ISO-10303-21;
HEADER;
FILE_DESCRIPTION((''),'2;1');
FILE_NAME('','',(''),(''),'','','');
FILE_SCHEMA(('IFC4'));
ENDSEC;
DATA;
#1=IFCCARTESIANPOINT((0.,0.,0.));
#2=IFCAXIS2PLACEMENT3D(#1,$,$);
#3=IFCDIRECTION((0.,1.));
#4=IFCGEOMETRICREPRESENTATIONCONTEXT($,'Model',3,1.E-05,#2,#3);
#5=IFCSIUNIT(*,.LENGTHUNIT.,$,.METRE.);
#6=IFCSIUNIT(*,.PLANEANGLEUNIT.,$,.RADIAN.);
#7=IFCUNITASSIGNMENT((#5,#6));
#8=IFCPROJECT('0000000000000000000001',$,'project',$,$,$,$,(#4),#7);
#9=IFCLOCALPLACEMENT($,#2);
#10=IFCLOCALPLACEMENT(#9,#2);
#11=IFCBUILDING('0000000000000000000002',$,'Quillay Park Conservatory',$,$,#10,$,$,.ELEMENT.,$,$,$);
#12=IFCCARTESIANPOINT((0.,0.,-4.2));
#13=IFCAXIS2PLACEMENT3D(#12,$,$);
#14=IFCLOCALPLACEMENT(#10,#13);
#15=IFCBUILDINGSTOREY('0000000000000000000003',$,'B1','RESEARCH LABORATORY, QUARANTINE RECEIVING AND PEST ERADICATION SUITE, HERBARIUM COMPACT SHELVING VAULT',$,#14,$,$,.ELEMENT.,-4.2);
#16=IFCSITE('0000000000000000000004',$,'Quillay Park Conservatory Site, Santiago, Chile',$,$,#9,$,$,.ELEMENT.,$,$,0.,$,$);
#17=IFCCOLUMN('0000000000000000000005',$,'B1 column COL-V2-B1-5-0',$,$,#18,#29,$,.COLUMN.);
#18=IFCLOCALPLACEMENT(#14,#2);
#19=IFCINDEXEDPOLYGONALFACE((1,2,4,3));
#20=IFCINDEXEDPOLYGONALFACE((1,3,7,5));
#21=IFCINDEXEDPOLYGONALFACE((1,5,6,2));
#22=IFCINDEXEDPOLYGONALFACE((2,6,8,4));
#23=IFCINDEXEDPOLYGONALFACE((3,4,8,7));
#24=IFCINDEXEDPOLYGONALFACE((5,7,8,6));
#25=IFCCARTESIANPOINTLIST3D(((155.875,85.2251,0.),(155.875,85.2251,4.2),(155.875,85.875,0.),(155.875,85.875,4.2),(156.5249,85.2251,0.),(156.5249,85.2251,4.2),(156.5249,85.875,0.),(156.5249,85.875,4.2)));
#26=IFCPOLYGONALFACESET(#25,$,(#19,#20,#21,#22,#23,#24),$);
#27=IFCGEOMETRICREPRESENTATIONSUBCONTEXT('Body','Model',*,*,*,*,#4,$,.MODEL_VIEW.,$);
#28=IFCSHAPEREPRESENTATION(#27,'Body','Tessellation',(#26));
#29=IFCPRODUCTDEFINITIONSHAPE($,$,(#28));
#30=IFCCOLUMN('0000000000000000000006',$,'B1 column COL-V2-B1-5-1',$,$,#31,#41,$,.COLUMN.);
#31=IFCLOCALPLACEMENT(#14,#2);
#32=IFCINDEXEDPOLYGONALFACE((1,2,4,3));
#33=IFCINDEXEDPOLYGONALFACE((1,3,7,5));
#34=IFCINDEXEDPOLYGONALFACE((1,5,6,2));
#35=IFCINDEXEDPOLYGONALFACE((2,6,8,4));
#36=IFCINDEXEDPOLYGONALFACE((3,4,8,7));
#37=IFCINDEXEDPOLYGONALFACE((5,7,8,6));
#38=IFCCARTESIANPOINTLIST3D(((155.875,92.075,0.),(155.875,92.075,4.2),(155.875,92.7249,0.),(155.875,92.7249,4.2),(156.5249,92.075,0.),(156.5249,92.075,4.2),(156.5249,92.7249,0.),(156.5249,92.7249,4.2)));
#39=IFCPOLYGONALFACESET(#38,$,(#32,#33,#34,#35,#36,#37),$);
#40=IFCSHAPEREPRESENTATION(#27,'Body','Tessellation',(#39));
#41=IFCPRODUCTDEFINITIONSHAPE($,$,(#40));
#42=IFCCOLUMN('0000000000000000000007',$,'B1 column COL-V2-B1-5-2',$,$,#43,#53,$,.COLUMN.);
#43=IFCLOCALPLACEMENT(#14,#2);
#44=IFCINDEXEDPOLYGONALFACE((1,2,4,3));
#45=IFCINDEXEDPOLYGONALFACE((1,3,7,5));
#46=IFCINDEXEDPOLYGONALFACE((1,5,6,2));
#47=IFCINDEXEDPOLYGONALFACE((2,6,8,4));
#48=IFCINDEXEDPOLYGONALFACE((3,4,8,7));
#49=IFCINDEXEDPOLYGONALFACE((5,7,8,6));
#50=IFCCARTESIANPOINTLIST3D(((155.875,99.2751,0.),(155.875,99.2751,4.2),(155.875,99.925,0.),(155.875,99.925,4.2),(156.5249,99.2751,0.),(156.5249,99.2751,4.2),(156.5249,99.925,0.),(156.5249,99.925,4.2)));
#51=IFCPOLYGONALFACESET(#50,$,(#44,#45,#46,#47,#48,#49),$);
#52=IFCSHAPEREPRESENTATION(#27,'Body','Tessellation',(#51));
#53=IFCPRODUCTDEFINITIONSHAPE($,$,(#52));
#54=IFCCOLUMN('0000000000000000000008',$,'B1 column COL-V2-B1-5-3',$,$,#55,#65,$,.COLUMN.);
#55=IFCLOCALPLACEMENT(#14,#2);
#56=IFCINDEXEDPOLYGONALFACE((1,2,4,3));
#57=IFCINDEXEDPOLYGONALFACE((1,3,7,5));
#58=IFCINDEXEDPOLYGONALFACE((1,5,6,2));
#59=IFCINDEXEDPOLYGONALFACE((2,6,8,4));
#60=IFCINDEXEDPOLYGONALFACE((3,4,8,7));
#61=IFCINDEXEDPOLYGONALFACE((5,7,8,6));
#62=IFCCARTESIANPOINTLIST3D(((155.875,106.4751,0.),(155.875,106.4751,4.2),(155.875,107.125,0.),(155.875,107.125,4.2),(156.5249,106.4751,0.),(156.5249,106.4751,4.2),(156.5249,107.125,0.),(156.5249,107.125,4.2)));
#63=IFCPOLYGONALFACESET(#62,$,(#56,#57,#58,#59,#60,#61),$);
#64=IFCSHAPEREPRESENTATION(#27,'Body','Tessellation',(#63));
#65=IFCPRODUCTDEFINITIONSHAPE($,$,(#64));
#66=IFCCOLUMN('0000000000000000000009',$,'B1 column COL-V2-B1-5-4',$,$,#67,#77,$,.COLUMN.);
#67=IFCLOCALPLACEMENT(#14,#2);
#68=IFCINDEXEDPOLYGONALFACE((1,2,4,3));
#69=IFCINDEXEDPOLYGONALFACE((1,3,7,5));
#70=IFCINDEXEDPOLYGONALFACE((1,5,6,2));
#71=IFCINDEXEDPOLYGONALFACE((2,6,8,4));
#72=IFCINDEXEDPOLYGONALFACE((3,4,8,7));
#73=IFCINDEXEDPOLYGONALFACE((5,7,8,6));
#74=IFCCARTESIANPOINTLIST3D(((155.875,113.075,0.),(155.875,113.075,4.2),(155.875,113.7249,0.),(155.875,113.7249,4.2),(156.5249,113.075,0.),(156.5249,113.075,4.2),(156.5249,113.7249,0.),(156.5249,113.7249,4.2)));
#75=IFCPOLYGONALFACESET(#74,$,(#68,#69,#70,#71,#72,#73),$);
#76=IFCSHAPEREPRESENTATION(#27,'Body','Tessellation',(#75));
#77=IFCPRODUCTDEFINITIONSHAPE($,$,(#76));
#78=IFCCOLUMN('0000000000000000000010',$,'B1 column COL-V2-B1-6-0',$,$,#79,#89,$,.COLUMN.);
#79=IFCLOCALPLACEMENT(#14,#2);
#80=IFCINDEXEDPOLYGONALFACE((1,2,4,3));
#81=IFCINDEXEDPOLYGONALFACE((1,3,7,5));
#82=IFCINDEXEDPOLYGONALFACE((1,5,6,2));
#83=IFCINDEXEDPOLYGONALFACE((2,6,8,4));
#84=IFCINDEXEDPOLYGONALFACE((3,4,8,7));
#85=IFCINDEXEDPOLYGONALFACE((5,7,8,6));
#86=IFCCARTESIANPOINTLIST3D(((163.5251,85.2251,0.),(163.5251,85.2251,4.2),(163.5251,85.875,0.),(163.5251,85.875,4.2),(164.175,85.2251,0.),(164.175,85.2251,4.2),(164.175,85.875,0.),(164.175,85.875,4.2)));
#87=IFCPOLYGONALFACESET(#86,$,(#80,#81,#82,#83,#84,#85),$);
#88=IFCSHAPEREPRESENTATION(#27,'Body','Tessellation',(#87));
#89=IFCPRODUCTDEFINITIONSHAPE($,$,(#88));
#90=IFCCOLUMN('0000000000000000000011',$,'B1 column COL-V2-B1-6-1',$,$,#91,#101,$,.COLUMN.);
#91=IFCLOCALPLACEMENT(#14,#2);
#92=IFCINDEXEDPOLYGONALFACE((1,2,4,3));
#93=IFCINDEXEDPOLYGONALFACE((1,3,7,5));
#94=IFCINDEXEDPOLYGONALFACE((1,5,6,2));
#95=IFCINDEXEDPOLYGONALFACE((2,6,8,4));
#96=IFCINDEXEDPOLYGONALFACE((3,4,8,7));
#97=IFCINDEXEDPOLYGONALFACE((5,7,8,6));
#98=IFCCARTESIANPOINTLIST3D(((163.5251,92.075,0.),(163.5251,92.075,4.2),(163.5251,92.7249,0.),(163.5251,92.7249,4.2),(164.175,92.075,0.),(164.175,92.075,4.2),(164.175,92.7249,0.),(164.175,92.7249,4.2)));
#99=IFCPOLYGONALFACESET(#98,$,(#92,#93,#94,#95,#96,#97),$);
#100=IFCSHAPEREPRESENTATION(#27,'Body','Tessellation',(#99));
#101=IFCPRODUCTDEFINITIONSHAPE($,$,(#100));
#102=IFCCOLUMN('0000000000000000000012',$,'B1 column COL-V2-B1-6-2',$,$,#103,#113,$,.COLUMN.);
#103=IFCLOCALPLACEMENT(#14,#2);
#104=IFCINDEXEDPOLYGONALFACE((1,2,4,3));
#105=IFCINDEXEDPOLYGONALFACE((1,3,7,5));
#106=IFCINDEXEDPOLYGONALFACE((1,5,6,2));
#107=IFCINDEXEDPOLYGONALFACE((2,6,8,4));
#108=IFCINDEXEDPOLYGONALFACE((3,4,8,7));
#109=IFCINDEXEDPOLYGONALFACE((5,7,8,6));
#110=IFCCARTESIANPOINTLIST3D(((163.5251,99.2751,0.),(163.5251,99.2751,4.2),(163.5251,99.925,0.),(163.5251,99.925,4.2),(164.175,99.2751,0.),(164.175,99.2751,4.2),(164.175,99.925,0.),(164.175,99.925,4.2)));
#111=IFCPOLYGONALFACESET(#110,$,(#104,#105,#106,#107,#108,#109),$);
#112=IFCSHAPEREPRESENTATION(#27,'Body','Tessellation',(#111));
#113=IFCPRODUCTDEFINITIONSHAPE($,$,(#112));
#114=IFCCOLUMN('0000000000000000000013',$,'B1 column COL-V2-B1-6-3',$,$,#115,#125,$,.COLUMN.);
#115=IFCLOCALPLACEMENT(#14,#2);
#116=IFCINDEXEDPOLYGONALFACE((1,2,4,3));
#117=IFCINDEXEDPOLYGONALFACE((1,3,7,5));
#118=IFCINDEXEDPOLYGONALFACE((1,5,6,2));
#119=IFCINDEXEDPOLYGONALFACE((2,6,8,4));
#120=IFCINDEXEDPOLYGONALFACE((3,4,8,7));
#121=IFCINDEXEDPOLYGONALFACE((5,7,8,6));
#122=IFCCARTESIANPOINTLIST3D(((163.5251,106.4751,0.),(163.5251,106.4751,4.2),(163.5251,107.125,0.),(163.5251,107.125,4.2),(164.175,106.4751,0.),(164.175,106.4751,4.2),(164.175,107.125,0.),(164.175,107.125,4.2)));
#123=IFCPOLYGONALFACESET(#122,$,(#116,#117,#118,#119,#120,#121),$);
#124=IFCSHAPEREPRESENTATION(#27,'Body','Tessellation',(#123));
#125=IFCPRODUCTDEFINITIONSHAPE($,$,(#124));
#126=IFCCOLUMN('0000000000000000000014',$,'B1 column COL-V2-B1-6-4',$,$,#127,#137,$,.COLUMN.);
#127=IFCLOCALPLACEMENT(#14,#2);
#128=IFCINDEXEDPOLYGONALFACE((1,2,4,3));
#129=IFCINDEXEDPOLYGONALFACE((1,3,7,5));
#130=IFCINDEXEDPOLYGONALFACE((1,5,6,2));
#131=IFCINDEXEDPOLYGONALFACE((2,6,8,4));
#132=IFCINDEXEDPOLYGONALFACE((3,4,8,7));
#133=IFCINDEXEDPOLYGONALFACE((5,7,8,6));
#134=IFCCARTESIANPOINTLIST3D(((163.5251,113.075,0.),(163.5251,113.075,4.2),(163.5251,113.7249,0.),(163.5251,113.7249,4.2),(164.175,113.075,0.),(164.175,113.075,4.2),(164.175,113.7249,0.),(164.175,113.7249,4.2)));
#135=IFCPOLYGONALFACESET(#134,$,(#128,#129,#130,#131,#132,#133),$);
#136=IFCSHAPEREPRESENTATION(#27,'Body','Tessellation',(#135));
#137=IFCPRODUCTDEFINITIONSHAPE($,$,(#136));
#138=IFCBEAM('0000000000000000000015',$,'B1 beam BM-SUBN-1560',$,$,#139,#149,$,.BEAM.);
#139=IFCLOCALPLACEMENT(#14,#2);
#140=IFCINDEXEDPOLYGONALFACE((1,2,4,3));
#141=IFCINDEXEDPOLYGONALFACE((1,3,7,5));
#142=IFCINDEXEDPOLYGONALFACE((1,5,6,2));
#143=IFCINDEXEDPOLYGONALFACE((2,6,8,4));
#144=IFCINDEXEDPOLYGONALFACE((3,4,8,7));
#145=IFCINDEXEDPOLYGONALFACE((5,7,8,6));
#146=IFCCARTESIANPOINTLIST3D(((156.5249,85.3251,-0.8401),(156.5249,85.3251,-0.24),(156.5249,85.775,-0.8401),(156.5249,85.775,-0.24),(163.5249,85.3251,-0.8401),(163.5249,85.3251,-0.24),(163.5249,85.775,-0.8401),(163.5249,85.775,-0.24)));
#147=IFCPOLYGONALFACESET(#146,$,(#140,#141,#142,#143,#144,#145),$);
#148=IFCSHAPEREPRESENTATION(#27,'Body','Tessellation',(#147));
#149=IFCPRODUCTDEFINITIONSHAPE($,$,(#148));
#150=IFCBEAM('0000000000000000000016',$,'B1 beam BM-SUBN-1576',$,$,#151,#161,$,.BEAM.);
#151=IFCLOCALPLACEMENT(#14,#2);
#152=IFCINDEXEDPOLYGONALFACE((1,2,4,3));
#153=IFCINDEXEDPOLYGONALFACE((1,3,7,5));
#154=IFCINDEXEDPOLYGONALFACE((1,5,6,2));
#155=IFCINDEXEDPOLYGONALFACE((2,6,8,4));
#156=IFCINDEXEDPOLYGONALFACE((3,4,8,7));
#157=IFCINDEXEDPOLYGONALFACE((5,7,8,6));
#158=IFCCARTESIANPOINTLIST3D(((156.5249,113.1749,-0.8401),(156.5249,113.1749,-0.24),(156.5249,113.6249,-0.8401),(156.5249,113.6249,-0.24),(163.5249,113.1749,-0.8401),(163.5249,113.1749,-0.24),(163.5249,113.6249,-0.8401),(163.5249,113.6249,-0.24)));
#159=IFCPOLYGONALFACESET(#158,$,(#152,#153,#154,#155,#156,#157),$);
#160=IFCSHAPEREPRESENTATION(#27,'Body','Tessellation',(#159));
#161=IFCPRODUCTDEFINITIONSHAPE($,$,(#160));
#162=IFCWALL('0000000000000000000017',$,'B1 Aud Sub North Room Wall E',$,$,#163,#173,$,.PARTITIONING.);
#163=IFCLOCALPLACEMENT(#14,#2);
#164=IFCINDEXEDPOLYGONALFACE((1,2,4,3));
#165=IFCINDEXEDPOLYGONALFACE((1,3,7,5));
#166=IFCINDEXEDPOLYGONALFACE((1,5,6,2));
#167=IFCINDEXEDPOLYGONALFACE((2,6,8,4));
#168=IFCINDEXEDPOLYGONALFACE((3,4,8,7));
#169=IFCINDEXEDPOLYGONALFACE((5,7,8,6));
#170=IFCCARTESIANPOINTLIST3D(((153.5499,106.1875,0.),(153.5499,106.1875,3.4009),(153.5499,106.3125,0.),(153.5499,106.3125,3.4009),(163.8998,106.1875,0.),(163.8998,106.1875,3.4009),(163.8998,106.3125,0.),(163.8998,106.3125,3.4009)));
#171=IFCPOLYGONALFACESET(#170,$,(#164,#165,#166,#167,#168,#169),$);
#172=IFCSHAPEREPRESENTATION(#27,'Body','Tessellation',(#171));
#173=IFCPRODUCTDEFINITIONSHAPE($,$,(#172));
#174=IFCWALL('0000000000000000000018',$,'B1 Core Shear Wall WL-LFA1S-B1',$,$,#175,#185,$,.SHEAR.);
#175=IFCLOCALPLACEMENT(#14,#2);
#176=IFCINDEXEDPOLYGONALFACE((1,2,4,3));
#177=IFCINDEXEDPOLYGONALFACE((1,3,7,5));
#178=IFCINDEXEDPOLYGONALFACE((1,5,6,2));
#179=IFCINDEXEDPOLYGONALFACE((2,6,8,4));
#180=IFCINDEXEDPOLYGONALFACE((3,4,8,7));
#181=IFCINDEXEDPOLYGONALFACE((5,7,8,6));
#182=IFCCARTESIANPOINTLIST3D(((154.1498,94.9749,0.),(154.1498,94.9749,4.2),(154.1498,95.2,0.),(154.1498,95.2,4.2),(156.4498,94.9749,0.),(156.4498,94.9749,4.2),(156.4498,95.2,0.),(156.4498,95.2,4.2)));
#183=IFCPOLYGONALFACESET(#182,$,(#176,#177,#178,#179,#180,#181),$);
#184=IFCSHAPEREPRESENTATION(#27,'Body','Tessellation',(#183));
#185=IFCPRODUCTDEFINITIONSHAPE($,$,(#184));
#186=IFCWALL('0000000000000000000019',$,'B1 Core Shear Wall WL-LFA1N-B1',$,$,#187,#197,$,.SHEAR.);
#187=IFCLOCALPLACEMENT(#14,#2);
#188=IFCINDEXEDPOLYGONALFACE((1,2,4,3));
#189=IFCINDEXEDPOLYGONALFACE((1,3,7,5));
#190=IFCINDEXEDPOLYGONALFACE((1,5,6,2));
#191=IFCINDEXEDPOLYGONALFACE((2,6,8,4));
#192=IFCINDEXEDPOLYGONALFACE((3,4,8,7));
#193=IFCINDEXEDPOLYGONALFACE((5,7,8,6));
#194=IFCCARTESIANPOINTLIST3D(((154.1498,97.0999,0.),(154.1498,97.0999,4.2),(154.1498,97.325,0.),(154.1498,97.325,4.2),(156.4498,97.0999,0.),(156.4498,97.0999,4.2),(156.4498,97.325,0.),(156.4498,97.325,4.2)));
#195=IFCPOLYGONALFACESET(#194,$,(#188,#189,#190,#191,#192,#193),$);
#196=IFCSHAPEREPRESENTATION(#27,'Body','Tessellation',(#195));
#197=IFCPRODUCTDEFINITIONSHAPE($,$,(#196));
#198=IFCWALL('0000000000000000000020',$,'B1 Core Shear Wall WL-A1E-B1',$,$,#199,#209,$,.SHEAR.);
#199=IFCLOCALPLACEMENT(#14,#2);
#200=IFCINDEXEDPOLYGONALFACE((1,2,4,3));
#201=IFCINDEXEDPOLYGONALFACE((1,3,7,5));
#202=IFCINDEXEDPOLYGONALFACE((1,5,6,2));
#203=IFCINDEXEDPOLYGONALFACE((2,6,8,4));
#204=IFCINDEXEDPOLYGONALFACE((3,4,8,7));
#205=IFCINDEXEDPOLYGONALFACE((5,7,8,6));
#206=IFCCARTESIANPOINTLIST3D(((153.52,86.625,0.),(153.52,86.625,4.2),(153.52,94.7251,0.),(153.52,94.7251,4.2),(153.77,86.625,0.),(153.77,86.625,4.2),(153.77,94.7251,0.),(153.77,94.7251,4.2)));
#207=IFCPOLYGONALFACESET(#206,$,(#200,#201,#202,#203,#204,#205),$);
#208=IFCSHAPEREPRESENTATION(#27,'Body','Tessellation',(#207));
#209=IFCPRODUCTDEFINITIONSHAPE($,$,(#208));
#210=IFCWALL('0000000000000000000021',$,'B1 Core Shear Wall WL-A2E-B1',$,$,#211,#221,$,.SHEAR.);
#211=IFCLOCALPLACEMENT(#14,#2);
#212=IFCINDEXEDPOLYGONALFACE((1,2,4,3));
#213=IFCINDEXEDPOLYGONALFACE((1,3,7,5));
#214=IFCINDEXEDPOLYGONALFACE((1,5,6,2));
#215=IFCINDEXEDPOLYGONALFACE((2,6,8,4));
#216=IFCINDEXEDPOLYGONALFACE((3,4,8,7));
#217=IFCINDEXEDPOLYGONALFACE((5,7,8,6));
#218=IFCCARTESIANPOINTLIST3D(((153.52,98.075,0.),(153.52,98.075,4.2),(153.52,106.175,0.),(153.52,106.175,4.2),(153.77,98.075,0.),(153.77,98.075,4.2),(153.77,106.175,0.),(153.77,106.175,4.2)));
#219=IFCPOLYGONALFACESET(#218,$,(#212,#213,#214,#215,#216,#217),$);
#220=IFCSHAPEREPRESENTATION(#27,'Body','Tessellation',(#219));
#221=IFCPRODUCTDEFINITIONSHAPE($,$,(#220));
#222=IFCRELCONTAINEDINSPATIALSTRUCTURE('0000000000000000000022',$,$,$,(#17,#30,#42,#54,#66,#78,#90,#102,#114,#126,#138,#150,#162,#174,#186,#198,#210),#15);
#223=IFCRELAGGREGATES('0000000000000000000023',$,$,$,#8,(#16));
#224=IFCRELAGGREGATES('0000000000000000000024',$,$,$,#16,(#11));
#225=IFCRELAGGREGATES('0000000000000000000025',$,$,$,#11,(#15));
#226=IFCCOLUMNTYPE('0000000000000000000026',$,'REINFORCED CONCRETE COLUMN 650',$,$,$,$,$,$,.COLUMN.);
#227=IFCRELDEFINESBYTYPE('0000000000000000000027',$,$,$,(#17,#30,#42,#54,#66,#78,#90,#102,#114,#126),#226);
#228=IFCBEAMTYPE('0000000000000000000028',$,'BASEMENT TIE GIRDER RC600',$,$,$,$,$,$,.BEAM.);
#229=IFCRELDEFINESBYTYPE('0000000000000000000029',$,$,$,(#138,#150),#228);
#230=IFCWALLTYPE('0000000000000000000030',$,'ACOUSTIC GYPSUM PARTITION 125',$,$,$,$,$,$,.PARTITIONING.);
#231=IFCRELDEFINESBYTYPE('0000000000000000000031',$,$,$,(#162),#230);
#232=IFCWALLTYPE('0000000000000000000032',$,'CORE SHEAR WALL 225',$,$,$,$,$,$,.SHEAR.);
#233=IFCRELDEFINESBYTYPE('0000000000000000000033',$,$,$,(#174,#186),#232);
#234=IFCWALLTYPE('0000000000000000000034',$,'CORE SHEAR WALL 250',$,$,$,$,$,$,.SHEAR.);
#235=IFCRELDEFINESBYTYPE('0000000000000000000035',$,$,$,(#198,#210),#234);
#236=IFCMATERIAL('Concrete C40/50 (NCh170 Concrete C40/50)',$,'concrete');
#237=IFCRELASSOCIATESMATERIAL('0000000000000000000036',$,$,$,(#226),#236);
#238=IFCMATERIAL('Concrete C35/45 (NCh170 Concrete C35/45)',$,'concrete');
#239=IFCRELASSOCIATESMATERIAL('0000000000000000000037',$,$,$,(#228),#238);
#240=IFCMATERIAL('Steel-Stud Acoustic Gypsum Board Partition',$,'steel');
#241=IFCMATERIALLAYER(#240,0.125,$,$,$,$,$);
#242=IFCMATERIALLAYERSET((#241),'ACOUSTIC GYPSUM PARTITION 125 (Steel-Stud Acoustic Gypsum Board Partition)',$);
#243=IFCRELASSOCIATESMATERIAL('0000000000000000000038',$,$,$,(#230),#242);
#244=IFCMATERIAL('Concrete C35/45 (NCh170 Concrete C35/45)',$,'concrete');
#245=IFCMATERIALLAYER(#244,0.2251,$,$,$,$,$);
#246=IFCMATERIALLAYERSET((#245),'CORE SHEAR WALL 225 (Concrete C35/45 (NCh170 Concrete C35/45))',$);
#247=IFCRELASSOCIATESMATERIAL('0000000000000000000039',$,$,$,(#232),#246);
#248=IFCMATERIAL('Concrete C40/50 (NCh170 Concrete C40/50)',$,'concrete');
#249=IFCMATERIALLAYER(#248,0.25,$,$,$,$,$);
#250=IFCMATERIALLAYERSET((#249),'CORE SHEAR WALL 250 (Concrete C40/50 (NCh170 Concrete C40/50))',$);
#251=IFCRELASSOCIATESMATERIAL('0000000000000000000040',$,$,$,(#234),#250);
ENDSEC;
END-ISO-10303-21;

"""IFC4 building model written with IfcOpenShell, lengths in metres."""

from ifc_helpers import new_model, si_unit, direction, frame, frame_2d, origin, origin_2d, place, context, subcontext, project, spatial, rectangle, extrude, material, layer, layer_set, material_profile, profile_set, type_object, element, save


model = new_model("IFC4")

# Units and contexts
model_context = context("Model", 3, precision=1e-05, world=origin(), true_north=direction((0.0, 1.0)))
body_context = subcontext(model_context, "Body", "Model", "MODEL_VIEW")
ifc_project = project(units=[si_unit("LENGTHUNIT", "METRE"), si_unit("PLANEANGLEUNIT", "RADIAN")], contexts=[model_context])

# Site, building, storey
site_placement = place(None, origin())
site = spatial("IfcSite", under=ifc_project, at=site_placement, Name="Quillay Park Conservatory Site, Santiago, Chile", CompositionType="ELEMENT", RefElevation=0.0)
building_placement = place(site_placement, origin())
building = spatial("IfcBuilding", under=site, at=building_placement, Name="Quillay Park Conservatory", CompositionType="ELEMENT")
storey_placement = place(building_placement, frame((0.0, 0.0, -4.2)))
storey = spatial("IfcBuildingStorey", under=building, at=storey_placement, Name="B1", Description="RESEARCH LABORATORY, QUARANTINE RECEIVING AND PEST ERADICATION SUITE, HERBARIUM COMPACT SHELVING VAULT", CompositionType="ELEMENT", Elevation=-4.2)

# Columns
ifc_material_1 = material(Name="Concrete C40/50 (NCh170 Concrete C40/50)", Category="concrete")
ifc_material_profile_1 = material_profile(ifc_material_1, rectangle(XDim=0.6499, YDim=0.6499, at=origin_2d()), Name="RC650x650")
ifc_profile_set_1 = profile_set([ifc_material_profile_1], Name="Concrete C40/50 (NCh170 Concrete C40/50)")
column_type = type_object("IfcColumnType", Name="REINFORCED CONCRETE COLUMN 650", PredefinedType="COLUMN", material=ifc_profile_set_1)
for number, where, z_axis, x_axis, name in (
    (1, (156.2, 85.55, 0.0), (0.0, 0.0, 1.0), (1.0, 0.0, 0.0), "B1 column COL-V2-B1-5-0"),
    (2, (156.2, 92.3999, 0.0), (0.0, 0.0, 1.0), (1.0, 0.0, 0.0), "B1 column COL-V2-B1-5-1"),
    (3, (156.2, 99.6001, 0.0), (0.0, 0.0, 1.0), (1.0, 0.0, 0.0), "B1 column COL-V2-B1-5-2"),
    (4, (156.2, 106.8, 0.0), (0.0, 0.0, 1.0), (1.0, 0.0, 0.0), "B1 column COL-V2-B1-5-3"),
    (5, (156.2, 113.3999, 0.0), (0.0, 0.0, 1.0), (1.0, 0.0, 0.0), "B1 column COL-V2-B1-5-4"),
    (6, (163.8501, 85.55, 0.0), (0.0, 0.0, 1.0), (1.0, 0.0, 0.0), "B1 column COL-V2-B1-6-0"),
    (7, (163.8501, 92.3999, 0.0), (0.0, 0.0, 1.0), (1.0, 0.0, 0.0), "B1 column COL-V2-B1-6-1"),
    (8, (163.8501, 99.6001, 0.0), (0.0, 0.0, 1.0), (1.0, 0.0, 0.0), "B1 column COL-V2-B1-6-2"),
    (9, (163.8501, 106.8, 0.0), (0.0, 0.0, 1.0), (1.0, 0.0, 0.0), "B1 column COL-V2-B1-6-3"),
    (10, (163.8501, 113.3999, 0.0), (0.0, 0.0, 1.0), (1.0, 0.0, 0.0), "B1 column COL-V2-B1-6-4"),
):
    element("IfcColumn", number, at=place(storey_placement, frame(where, z_axis=z_axis, x_axis=x_axis)), inside=storey, type_object=column_type, Name=name, PredefinedType="COLUMN", context=body_context, shape_type="SweptSolid", body=[
        extrude(rectangle(XDim=0.6499, YDim=0.6499, at=origin_2d()), origin(), (0.0, 0.0, 1.0), 4.2),
    ])

# Beams
ifc_material_2 = material(Name="Concrete C35/45 (NCh170 Concrete C35/45)", Category="concrete")
ifc_material_profile_2 = material_profile(ifc_material_2, rectangle(XDim=0.45, YDim=0.6001, at=origin_2d()), Name="RC600x450")
ifc_profile_set_2 = profile_set([ifc_material_profile_2], Name="Concrete C35/45 (NCh170 Concrete C35/45)")
beam_type = type_object("IfcBeamType", Name="BASEMENT TIE GIRDER RC600", PredefinedType="BEAM", material=ifc_profile_set_2)
for number, where, z_axis, x_axis, name in (
    (11, (156.5249, 85.55, -0.54), (1.0, 0.0, 0.0), (0.0, 1.0, 0.0), "B1 beam BM-SUBN-1560"),
    (12, (156.5249, 113.3999, -0.54), (1.0, 0.0, 0.0), (0.0, 1.0, 0.0), "B1 beam BM-SUBN-1576"),
):
    element("IfcBeam", number, at=place(storey_placement, frame(where, z_axis=z_axis, x_axis=x_axis)), inside=storey, type_object=beam_type, Name=name, PredefinedType="BEAM", context=body_context, shape_type="SweptSolid", body=[
        extrude(rectangle(XDim=0.45, YDim=0.6001, at=origin_2d()), origin(), (0.0, 0.0, 1.0), 7.0),
    ])

# Walls
ifc_material_3 = material(Name="Steel-Stud Acoustic Gypsum Board Partition", Category="steel")
ifc_layer_1 = layer(ifc_material_3, 0.125)
ifc_layer_set_1 = layer_set([ifc_layer_1], Name="ACOUSTIC GYPSUM PARTITION 125 (Steel-Stud Acoustic Gypsum Board Partition)")
wall_type_1 = type_object("IfcWallType", Name="ACOUSTIC GYPSUM PARTITION 125", PredefinedType="PARTITIONING", material=ifc_layer_set_1)
wall_1_placement = place(storey_placement, frame((153.55, 106.25, 0.0), z_axis=(0.0, 0.0, 1.0), x_axis=(1.0, 0.0, 0.0)))
element("IfcWall", 13, at=wall_1_placement, inside=storey, type_object=wall_type_1, Name="B1 Aud Sub North Room Wall E", PredefinedType="PARTITIONING", context=body_context, shape_type="SweptSolid", body=[
    extrude(rectangle(XDim=10.3499, YDim=0.125, at=frame_2d((5.1748, 0.0))), origin(), (0.0, 0.0, 1.0), 3.4009),
])
ifc_material_4 = material(Name="Concrete C35/45 (NCh170 Concrete C35/45)", Category="concrete")
ifc_layer_2 = layer(ifc_material_4, 0.2251)
ifc_layer_set_2 = layer_set([ifc_layer_2], Name="CORE SHEAR WALL 225 (Concrete C35/45 (NCh170 Concrete C35/45))")
wall_type_2 = type_object("IfcWallType", Name="CORE SHEAR WALL 225", PredefinedType="SHEAR", material=ifc_layer_set_2)
for number, where, z_axis, x_axis, name in (
    (14, (154.1499, 95.0874, 0.0), (0.0, 0.0, 1.0), (1.0, 0.0, 0.0), "B1 Core Shear Wall WL-LFA1S-B1"),
    (15, (154.1499, 97.2124, 0.0), (0.0, 0.0, 1.0), (1.0, 0.0, 0.0), "B1 Core Shear Wall WL-LFA1N-B1"),
):
    element("IfcWall", number, at=place(storey_placement, frame(where, z_axis=z_axis, x_axis=x_axis)), inside=storey, type_object=wall_type_2, Name=name, PredefinedType="SHEAR", context=body_context, shape_type="SweptSolid", body=[
        extrude(rectangle(XDim=2.3, YDim=0.2251, at=frame_2d((1.1499, 0.0))), origin(), (0.0, 0.0, 1.0), 4.2),
    ])
ifc_material_5 = material(Name="Concrete C40/50 (NCh170 Concrete C40/50)", Category="concrete")
ifc_layer_3 = layer(ifc_material_5, 0.25)
ifc_layer_set_3 = layer_set([ifc_layer_3], Name="CORE SHEAR WALL 250 (Concrete C40/50 (NCh170 Concrete C40/50))")
wall_type_3 = type_object("IfcWallType", Name="CORE SHEAR WALL 250", PredefinedType="SHEAR", material=ifc_layer_set_3)
for number, where, z_axis, x_axis, name in (
    (16, (153.645, 86.625, 0.0), (0.0, 0.0, 1.0), (0.0, 1.0, 0.0), "B1 Core Shear Wall WL-A1E-B1"),
    (17, (153.645, 98.075, 0.0), (0.0, 0.0, 1.0), (0.0, 1.0, 0.0), "B1 Core Shear Wall WL-A2E-B1"),
):
    element("IfcWall", number, at=place(storey_placement, frame(where, z_axis=z_axis, x_axis=x_axis)), inside=storey, type_object=wall_type_3, Name=name, PredefinedType="SHEAR", context=body_context, shape_type="SweptSolid", body=[
        extrude(rectangle(XDim=8.1001, YDim=0.25, at=frame_2d((4.05, 0.0))), origin(), (0.0, 0.0, 1.0), 4.2),
    ])

save(model, "model.ifc")
